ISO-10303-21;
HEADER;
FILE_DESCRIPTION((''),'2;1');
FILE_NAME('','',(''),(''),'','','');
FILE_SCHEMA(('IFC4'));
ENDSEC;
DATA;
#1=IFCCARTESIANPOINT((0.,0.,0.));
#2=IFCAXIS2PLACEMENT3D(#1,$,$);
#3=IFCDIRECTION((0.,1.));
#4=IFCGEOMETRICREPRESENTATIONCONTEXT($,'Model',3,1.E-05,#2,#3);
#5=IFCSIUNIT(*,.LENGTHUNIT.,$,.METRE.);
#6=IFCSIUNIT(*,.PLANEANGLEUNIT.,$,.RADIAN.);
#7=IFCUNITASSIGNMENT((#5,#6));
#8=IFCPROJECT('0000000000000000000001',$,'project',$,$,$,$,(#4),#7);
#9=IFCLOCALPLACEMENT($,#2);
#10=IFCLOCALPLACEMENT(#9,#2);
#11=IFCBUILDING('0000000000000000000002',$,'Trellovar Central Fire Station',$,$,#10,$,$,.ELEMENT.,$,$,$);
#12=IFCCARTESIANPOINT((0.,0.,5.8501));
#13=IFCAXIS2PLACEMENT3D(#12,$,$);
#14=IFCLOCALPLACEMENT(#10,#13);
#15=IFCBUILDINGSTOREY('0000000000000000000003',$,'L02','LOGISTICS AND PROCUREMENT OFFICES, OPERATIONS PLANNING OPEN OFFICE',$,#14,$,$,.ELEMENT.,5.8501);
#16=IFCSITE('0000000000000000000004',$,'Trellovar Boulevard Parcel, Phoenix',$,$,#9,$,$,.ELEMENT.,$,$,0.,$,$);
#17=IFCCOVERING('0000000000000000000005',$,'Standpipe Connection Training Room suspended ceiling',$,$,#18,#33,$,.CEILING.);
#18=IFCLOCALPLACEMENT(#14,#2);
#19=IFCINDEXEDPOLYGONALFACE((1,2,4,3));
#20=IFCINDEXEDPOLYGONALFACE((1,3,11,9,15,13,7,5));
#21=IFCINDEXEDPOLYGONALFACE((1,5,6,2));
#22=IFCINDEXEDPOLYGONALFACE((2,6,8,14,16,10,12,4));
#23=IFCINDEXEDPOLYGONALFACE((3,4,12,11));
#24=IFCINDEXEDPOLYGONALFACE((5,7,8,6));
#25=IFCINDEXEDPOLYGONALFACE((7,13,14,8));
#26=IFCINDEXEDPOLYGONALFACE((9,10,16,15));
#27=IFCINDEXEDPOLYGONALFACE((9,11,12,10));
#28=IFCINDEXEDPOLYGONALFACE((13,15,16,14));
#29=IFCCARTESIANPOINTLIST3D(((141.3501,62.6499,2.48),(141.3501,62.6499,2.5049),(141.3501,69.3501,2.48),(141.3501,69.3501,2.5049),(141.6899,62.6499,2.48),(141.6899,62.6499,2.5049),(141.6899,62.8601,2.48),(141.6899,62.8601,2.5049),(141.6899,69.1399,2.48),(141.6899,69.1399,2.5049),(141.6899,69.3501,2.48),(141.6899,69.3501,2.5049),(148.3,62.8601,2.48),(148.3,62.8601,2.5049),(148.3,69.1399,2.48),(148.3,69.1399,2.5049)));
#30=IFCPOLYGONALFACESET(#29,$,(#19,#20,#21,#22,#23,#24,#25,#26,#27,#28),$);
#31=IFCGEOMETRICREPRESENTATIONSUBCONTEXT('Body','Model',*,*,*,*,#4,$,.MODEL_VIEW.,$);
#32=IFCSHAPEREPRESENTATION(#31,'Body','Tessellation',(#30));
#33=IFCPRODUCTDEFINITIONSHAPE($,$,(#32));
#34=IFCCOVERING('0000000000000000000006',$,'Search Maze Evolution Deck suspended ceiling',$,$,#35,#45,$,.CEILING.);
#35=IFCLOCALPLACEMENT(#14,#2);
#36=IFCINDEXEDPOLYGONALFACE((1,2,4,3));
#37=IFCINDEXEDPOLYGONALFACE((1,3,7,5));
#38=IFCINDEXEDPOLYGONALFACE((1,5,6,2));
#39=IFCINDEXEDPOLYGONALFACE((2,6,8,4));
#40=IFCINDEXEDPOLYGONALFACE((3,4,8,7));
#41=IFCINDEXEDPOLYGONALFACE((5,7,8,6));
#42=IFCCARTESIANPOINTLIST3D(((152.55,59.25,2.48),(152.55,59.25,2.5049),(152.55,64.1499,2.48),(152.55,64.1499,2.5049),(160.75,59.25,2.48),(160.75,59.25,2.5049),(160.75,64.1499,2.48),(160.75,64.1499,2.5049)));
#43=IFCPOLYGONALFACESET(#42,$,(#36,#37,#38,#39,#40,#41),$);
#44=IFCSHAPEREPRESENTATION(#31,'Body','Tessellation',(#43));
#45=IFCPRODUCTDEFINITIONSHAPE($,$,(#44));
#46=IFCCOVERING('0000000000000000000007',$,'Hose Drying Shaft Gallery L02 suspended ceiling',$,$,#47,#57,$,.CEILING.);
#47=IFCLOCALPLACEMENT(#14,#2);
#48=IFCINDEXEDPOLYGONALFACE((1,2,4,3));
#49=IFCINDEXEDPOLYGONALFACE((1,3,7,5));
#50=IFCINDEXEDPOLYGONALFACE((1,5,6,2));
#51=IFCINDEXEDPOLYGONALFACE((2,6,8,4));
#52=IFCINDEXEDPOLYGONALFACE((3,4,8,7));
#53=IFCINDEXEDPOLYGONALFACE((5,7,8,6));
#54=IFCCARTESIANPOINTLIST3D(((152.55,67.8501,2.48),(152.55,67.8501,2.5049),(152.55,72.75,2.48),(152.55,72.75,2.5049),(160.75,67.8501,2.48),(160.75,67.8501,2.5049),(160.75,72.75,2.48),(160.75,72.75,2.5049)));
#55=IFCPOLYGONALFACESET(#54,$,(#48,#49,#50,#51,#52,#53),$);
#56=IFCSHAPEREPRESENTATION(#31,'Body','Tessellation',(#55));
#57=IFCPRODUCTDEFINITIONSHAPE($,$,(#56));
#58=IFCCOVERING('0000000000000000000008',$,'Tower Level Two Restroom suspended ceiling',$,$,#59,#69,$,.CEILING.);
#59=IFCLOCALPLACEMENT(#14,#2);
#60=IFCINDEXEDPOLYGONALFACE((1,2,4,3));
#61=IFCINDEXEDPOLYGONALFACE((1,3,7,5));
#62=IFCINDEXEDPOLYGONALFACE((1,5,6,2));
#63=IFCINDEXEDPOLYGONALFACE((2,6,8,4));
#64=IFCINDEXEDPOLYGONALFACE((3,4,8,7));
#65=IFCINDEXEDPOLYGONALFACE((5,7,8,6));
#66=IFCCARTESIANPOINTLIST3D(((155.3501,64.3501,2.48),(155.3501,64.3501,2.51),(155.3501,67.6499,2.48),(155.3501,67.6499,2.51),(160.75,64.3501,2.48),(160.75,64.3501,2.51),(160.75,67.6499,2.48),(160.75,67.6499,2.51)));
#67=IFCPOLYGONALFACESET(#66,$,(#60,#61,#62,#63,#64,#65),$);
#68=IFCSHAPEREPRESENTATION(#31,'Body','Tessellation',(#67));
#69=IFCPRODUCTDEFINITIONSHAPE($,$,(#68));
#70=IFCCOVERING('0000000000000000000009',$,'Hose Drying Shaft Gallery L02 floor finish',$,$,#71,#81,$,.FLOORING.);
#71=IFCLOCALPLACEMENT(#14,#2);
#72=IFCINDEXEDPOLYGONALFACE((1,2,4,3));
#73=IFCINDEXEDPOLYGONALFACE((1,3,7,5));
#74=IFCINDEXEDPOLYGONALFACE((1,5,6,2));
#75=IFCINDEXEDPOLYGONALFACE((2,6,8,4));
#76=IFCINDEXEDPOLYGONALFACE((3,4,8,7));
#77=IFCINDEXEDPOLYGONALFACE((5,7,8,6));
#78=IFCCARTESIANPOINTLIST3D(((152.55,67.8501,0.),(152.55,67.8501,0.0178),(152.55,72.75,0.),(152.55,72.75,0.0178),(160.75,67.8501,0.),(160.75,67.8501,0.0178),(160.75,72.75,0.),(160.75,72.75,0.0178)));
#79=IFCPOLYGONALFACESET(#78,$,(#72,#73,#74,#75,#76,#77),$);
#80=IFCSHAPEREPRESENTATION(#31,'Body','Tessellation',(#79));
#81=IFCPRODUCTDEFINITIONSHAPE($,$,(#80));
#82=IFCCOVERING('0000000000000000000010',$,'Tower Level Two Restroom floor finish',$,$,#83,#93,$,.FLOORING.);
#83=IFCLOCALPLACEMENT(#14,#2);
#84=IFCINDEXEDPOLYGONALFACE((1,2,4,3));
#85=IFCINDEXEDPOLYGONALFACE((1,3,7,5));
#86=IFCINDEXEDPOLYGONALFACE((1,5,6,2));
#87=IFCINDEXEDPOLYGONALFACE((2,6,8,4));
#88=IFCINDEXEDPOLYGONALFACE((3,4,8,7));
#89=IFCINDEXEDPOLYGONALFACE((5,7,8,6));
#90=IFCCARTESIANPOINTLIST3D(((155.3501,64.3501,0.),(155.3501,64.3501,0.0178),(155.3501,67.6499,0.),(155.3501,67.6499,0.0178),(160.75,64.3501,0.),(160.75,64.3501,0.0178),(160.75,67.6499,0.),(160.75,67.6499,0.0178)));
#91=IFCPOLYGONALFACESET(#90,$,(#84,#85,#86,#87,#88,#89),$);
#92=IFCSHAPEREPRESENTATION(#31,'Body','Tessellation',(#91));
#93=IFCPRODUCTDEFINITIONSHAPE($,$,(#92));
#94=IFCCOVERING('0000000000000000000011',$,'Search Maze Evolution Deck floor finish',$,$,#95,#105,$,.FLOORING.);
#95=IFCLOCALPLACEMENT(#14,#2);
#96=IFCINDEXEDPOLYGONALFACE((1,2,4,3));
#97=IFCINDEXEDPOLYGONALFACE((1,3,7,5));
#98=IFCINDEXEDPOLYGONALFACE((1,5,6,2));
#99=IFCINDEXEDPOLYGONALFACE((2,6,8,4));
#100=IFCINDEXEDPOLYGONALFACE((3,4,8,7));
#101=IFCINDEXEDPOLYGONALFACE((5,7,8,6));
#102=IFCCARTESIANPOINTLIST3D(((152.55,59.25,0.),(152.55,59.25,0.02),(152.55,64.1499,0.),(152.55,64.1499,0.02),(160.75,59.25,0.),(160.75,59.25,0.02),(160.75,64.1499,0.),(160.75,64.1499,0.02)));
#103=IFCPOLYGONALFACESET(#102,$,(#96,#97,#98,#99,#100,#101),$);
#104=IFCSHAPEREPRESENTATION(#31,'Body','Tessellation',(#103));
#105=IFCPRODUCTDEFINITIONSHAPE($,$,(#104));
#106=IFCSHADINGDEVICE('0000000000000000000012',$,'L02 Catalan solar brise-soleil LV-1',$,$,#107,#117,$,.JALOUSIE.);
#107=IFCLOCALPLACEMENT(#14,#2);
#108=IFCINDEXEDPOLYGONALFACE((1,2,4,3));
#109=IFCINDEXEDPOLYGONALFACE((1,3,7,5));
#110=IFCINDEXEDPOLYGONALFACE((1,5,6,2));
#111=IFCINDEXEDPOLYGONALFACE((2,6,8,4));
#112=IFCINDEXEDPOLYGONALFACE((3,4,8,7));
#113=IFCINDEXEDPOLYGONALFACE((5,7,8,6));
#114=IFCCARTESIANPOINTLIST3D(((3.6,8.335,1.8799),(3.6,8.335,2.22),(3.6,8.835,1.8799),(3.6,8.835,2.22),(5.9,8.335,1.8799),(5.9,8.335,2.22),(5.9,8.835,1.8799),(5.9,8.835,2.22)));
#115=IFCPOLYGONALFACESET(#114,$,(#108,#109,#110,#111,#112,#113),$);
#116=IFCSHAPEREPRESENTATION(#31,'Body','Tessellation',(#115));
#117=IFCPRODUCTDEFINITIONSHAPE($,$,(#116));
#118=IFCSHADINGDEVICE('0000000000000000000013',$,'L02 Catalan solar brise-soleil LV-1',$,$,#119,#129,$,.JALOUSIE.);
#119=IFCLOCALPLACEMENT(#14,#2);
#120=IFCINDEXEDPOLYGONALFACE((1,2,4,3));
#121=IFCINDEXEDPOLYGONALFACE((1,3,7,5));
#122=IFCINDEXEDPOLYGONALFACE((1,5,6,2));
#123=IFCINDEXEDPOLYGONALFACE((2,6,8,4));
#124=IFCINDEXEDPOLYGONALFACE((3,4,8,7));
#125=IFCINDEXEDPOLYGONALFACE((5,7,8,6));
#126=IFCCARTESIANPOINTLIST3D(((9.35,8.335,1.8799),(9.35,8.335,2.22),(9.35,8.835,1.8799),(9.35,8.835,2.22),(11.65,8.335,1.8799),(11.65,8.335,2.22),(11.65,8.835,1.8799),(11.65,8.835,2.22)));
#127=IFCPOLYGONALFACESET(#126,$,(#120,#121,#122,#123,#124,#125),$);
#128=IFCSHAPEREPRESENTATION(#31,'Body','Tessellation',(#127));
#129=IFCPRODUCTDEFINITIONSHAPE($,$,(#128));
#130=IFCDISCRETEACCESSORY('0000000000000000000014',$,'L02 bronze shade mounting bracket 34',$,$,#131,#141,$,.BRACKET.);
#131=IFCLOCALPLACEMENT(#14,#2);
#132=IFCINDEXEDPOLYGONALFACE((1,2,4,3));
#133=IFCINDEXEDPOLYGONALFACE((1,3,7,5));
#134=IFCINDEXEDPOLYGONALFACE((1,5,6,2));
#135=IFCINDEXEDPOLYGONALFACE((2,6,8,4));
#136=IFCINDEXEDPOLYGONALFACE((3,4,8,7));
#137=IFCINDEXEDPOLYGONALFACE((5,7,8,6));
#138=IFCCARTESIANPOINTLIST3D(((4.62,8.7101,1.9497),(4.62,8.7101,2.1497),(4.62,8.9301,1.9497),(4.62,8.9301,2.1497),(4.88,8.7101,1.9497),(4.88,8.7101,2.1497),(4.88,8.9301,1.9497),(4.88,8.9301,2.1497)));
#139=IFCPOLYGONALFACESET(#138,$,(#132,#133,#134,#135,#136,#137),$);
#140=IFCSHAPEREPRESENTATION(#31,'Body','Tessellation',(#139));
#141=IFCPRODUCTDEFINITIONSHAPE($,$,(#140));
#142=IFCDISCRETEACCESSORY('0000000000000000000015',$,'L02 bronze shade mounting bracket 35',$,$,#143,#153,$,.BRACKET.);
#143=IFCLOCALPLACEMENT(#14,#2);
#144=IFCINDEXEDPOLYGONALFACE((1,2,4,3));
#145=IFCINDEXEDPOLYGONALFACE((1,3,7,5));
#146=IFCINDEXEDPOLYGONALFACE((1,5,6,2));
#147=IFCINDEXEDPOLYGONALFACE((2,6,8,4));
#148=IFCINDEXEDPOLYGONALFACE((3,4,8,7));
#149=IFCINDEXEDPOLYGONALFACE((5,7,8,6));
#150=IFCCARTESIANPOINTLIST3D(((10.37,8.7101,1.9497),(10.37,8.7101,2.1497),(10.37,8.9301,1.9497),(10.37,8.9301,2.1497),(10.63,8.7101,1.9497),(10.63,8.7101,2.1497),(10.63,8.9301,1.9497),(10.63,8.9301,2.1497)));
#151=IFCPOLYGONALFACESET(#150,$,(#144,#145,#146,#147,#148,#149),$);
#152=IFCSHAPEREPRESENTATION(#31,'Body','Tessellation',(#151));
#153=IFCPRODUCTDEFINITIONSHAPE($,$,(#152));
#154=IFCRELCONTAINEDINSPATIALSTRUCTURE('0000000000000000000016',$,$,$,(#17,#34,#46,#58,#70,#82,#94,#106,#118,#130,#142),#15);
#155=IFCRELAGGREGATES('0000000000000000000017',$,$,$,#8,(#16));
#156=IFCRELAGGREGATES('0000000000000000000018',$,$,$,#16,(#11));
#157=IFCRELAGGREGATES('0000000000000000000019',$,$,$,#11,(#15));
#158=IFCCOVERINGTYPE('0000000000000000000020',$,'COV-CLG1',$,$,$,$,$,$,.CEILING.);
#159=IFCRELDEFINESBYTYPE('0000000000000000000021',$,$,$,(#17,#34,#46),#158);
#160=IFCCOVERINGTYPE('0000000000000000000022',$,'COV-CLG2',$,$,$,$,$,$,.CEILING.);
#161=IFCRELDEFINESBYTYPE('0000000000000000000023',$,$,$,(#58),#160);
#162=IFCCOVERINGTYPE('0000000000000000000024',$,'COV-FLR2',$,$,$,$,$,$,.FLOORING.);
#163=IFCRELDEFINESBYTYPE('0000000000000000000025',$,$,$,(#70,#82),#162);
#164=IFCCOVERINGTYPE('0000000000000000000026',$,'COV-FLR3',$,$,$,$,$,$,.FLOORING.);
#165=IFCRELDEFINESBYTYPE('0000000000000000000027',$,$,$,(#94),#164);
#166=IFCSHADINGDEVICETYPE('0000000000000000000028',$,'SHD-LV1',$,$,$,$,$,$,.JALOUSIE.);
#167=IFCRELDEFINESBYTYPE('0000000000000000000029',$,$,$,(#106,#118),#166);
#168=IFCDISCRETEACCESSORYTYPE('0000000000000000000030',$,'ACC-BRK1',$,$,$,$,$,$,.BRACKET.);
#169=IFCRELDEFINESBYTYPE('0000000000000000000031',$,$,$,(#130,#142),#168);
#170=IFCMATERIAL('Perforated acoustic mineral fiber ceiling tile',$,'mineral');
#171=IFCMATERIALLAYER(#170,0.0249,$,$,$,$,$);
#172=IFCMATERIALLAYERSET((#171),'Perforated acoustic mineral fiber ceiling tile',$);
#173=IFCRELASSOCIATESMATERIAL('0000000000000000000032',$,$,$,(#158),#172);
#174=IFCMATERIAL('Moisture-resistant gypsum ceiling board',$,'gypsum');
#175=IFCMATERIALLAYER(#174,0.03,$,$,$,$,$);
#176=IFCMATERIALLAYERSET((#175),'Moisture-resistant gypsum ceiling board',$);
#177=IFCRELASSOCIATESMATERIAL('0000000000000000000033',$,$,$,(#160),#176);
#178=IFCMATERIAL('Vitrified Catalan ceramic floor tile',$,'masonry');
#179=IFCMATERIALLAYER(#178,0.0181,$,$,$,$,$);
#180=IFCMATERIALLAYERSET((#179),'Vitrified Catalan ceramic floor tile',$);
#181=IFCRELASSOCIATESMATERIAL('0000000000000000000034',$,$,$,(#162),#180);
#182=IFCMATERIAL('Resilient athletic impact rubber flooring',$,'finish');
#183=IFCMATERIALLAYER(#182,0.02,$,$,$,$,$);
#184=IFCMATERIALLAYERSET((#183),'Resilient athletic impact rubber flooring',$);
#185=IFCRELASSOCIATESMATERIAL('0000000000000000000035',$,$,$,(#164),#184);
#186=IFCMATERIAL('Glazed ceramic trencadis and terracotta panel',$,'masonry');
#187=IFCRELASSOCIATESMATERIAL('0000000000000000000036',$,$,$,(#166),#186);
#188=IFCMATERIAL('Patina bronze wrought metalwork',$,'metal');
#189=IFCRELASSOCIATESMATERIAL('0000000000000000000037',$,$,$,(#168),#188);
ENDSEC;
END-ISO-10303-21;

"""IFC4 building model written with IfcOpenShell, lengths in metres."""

from ifc_helpers import new_model, si_unit, direction, frame, origin, origin_2d, place, context, subcontext, project, spatial, polyline, rectangle, outline, extrude, material, layer, layer_set, type_object, element, save


model = new_model("IFC4")

# Units and contexts
model_context = context("Model", 3, precision=1e-05, world=origin(), true_north=direction((0.0, 1.0)))
body_context = subcontext(model_context, "Body", "Model", "MODEL_VIEW")
ifc_project = project(units=[si_unit("LENGTHUNIT", "METRE"), si_unit("PLANEANGLEUNIT", "RADIAN")], contexts=[model_context])

# Site, building, storey
site_placement = place(None, origin())
site = spatial("IfcSite", under=ifc_project, at=site_placement, Name="Trellovar Boulevard Parcel, Phoenix", CompositionType="ELEMENT", RefElevation=0.0)
building_placement = place(site_placement, origin())
building = spatial("IfcBuilding", under=site, at=building_placement, Name="Trellovar Central Fire Station", CompositionType="ELEMENT")
storey_placement = place(building_placement, frame((0.0, 0.0, 5.8501)))
storey = spatial("IfcBuildingStorey", under=building, at=storey_placement, Name="L02", Description="LOGISTICS AND PROCUREMENT OFFICES, OPERATIONS PLANNING OPEN OFFICE", CompositionType="ELEMENT", Elevation=5.8501)

# Coverings
ifc_material_1 = material(Name="Perforated acoustic mineral fiber ceiling tile", Category="mineral")
ifc_layer_1 = layer(ifc_material_1, 0.0249)
ifc_layer_set_1 = layer_set([ifc_layer_1], Name="Perforated acoustic mineral fiber ceiling tile")
covering_type_1 = type_object("IfcCoveringType", Name="COV-CLG1", PredefinedType="CEILING", material=ifc_layer_set_1)
covering_1_placement = place(storey_placement, frame((0.0, 0.0, 2.48)))
element("IfcCovering", 1, at=covering_1_placement, inside=storey, type_object=covering_type_1, Name="Standpipe Connection Training Room suspended ceiling", PredefinedType="CEILING", context=body_context, shape_type="SweptSolid", body=[
    extrude(outline(polyline([(141.6899, 69.3501), (141.6899, 69.1399), (148.3, 69.1399), (148.3, 62.8601), (141.6899, 62.8601), (141.6899, 62.6499), (141.3501, 62.6499), (141.3501, 69.3501), (141.6899, 69.3501)])), origin(), (0.0, 0.0, 1.0), 0.0249),
])
covering_2_placement = place(storey_placement, frame((0.0, 0.0, 2.48)))
element("IfcCovering", 2, at=covering_2_placement, inside=storey, type_object=covering_type_1, Name="Search Maze Evolution Deck suspended ceiling", PredefinedType="CEILING", context=body_context, shape_type="SweptSolid", body=[
    extrude(outline(polyline([(160.75, 64.1499), (160.75, 59.25), (152.55, 59.25), (152.55, 64.1499), (160.75, 64.1499)])), origin(), (0.0, 0.0, 1.0), 0.0249),
])
covering_3_placement = place(storey_placement, frame((0.0, 0.0, 2.48)))
element("IfcCovering", 3, at=covering_3_placement, inside=storey, type_object=covering_type_1, Name="Hose Drying Shaft Gallery L02 suspended ceiling", PredefinedType="CEILING", context=body_context, shape_type="SweptSolid", body=[
    extrude(outline(polyline([(160.75, 72.75), (160.75, 67.8501), (152.55, 67.8501), (152.55, 72.75), (160.75, 72.75)])), origin(), (0.0, 0.0, 1.0), 0.0249),
])
ifc_material_2 = material(Name="Moisture-resistant gypsum ceiling board", Category="gypsum")
ifc_layer_2 = layer(ifc_material_2, 0.03)
ifc_layer_set_2 = layer_set([ifc_layer_2], Name="Moisture-resistant gypsum ceiling board")
covering_type_2 = type_object("IfcCoveringType", Name="COV-CLG2", PredefinedType="CEILING", material=ifc_layer_set_2)
covering_4_placement = place(storey_placement, frame((0.0, 0.0, 2.48)))
element("IfcCovering", 4, at=covering_4_placement, inside=storey, type_object=covering_type_2, Name="Tower Level Two Restroom suspended ceiling", PredefinedType="CEILING", context=body_context, shape_type="SweptSolid", body=[
    extrude(outline(polyline([(160.75, 67.6499), (160.75, 64.3501), (155.3501, 64.3501), (155.3501, 67.6499), (160.75, 67.6499)])), origin(), (0.0, 0.0, 1.0), 0.03),
])
ifc_material_3 = material(Name="Vitrified Catalan ceramic floor tile", Category="masonry")
ifc_layer_3 = layer(ifc_material_3, 0.0181)
ifc_layer_set_3 = layer_set([ifc_layer_3], Name="Vitrified Catalan ceramic floor tile")
covering_type_3 = type_object("IfcCoveringType", Name="COV-FLR2", PredefinedType="FLOORING", material=ifc_layer_set_3)
covering_5_placement = place(storey_placement, origin())
element("IfcCovering", 5, at=covering_5_placement, inside=storey, type_object=covering_type_3, Name="Hose Drying Shaft Gallery L02 floor finish", PredefinedType="FLOORING", context=body_context, shape_type="SweptSolid", body=[
    extrude(outline(polyline([(160.75, 72.75), (160.75, 67.8501), (152.55, 67.8501), (152.55, 72.75), (160.75, 72.75)])), origin(), (0.0, 0.0, 1.0), 0.0178),
])
covering_6_placement = place(storey_placement, origin())
element("IfcCovering", 6, at=covering_6_placement, inside=storey, type_object=covering_type_3, Name="Tower Level Two Restroom floor finish", PredefinedType="FLOORING", context=body_context, shape_type="SweptSolid", body=[
    extrude(outline(polyline([(160.75, 67.6499), (160.75, 64.3501), (155.3501, 64.3501), (155.3501, 67.6499), (160.75, 67.6499)])), origin(), (0.0, 0.0, 1.0), 0.0178),
])
ifc_material_4 = material(Name="Resilient athletic impact rubber flooring", Category="finish")
ifc_layer_4 = layer(ifc_material_4, 0.02)
ifc_layer_set_4 = layer_set([ifc_layer_4], Name="Resilient athletic impact rubber flooring")
covering_type_4 = type_object("IfcCoveringType", Name="COV-FLR3", PredefinedType="FLOORING", material=ifc_layer_set_4)
covering_7_placement = place(storey_placement, origin())
element("IfcCovering", 7, at=covering_7_placement, inside=storey, type_object=covering_type_4, Name="Search Maze Evolution Deck floor finish", PredefinedType="FLOORING", context=body_context, shape_type="SweptSolid", body=[
    extrude(outline(polyline([(160.75, 64.1499), (160.75, 59.25), (152.55, 59.25), (152.55, 64.1499), (160.75, 64.1499)])), origin(), (0.0, 0.0, 1.0), 0.02),
])

# Shading devices
ifc_material_5 = material(Name="Glazed ceramic trencadis and terracotta panel", Category="masonry")
shading_device_type = type_object("IfcShadingDeviceType", Name="SHD-LV1", PredefinedType="JALOUSIE", material=ifc_material_5)
for number, where, z_axis, x_axis, name in (
    (8, (4.75, 8.585, 1.8799), (0.0, 0.0, 1.0), (1.0, 0.0, 0.0), "L02 Catalan solar brise-soleil LV-1"),
    (9, (10.5, 8.585, 1.8799), (0.0, 0.0, 1.0), (1.0, 0.0, 0.0), "L02 Catalan solar brise-soleil LV-1"),
):
    element("IfcShadingDevice", number, at=place(storey_placement, frame(where, z_axis=z_axis, x_axis=x_axis)), inside=storey, type_object=shading_device_type, Name=name, PredefinedType="JALOUSIE", context=body_context, shape_type="SweptSolid", body=[
        extrude(rectangle(XDim=2.3, YDim=0.5, at=origin_2d()), origin(), (0.0, 0.0, 1.0), 0.3401),
    ])

# Discrete accessories
ifc_material_6 = material(Name="Patina bronze wrought metalwork", Category="metal")
discrete_accessory_type = type_object("IfcDiscreteAccessoryType", Name="ACC-BRK1", PredefinedType="BRACKET", material=ifc_material_6)
for number, where, z_axis, x_axis, name in (
    (10, (4.75, 8.8201, 1.9497), (0.0, 0.0, 1.0), (1.0, 0.0, 0.0), "L02 bronze shade mounting bracket 34"),
    (11, (10.5, 8.8201, 1.9497), (0.0, 0.0, 1.0), (1.0, 0.0, 0.0), "L02 bronze shade mounting bracket 35"),
):
    element("IfcDiscreteAccessory", number, at=place(storey_placement, frame(where, z_axis=z_axis, x_axis=x_axis)), inside=storey, type_object=discrete_accessory_type, Name=name, PredefinedType="BRACKET", context=body_context, shape_type="SweptSolid", body=[
        extrude(rectangle(XDim=0.26, YDim=0.22, at=origin_2d()), origin(), (0.0, 0.0, 1.0), 0.2),
    ])

save(model, "model.ifc")
